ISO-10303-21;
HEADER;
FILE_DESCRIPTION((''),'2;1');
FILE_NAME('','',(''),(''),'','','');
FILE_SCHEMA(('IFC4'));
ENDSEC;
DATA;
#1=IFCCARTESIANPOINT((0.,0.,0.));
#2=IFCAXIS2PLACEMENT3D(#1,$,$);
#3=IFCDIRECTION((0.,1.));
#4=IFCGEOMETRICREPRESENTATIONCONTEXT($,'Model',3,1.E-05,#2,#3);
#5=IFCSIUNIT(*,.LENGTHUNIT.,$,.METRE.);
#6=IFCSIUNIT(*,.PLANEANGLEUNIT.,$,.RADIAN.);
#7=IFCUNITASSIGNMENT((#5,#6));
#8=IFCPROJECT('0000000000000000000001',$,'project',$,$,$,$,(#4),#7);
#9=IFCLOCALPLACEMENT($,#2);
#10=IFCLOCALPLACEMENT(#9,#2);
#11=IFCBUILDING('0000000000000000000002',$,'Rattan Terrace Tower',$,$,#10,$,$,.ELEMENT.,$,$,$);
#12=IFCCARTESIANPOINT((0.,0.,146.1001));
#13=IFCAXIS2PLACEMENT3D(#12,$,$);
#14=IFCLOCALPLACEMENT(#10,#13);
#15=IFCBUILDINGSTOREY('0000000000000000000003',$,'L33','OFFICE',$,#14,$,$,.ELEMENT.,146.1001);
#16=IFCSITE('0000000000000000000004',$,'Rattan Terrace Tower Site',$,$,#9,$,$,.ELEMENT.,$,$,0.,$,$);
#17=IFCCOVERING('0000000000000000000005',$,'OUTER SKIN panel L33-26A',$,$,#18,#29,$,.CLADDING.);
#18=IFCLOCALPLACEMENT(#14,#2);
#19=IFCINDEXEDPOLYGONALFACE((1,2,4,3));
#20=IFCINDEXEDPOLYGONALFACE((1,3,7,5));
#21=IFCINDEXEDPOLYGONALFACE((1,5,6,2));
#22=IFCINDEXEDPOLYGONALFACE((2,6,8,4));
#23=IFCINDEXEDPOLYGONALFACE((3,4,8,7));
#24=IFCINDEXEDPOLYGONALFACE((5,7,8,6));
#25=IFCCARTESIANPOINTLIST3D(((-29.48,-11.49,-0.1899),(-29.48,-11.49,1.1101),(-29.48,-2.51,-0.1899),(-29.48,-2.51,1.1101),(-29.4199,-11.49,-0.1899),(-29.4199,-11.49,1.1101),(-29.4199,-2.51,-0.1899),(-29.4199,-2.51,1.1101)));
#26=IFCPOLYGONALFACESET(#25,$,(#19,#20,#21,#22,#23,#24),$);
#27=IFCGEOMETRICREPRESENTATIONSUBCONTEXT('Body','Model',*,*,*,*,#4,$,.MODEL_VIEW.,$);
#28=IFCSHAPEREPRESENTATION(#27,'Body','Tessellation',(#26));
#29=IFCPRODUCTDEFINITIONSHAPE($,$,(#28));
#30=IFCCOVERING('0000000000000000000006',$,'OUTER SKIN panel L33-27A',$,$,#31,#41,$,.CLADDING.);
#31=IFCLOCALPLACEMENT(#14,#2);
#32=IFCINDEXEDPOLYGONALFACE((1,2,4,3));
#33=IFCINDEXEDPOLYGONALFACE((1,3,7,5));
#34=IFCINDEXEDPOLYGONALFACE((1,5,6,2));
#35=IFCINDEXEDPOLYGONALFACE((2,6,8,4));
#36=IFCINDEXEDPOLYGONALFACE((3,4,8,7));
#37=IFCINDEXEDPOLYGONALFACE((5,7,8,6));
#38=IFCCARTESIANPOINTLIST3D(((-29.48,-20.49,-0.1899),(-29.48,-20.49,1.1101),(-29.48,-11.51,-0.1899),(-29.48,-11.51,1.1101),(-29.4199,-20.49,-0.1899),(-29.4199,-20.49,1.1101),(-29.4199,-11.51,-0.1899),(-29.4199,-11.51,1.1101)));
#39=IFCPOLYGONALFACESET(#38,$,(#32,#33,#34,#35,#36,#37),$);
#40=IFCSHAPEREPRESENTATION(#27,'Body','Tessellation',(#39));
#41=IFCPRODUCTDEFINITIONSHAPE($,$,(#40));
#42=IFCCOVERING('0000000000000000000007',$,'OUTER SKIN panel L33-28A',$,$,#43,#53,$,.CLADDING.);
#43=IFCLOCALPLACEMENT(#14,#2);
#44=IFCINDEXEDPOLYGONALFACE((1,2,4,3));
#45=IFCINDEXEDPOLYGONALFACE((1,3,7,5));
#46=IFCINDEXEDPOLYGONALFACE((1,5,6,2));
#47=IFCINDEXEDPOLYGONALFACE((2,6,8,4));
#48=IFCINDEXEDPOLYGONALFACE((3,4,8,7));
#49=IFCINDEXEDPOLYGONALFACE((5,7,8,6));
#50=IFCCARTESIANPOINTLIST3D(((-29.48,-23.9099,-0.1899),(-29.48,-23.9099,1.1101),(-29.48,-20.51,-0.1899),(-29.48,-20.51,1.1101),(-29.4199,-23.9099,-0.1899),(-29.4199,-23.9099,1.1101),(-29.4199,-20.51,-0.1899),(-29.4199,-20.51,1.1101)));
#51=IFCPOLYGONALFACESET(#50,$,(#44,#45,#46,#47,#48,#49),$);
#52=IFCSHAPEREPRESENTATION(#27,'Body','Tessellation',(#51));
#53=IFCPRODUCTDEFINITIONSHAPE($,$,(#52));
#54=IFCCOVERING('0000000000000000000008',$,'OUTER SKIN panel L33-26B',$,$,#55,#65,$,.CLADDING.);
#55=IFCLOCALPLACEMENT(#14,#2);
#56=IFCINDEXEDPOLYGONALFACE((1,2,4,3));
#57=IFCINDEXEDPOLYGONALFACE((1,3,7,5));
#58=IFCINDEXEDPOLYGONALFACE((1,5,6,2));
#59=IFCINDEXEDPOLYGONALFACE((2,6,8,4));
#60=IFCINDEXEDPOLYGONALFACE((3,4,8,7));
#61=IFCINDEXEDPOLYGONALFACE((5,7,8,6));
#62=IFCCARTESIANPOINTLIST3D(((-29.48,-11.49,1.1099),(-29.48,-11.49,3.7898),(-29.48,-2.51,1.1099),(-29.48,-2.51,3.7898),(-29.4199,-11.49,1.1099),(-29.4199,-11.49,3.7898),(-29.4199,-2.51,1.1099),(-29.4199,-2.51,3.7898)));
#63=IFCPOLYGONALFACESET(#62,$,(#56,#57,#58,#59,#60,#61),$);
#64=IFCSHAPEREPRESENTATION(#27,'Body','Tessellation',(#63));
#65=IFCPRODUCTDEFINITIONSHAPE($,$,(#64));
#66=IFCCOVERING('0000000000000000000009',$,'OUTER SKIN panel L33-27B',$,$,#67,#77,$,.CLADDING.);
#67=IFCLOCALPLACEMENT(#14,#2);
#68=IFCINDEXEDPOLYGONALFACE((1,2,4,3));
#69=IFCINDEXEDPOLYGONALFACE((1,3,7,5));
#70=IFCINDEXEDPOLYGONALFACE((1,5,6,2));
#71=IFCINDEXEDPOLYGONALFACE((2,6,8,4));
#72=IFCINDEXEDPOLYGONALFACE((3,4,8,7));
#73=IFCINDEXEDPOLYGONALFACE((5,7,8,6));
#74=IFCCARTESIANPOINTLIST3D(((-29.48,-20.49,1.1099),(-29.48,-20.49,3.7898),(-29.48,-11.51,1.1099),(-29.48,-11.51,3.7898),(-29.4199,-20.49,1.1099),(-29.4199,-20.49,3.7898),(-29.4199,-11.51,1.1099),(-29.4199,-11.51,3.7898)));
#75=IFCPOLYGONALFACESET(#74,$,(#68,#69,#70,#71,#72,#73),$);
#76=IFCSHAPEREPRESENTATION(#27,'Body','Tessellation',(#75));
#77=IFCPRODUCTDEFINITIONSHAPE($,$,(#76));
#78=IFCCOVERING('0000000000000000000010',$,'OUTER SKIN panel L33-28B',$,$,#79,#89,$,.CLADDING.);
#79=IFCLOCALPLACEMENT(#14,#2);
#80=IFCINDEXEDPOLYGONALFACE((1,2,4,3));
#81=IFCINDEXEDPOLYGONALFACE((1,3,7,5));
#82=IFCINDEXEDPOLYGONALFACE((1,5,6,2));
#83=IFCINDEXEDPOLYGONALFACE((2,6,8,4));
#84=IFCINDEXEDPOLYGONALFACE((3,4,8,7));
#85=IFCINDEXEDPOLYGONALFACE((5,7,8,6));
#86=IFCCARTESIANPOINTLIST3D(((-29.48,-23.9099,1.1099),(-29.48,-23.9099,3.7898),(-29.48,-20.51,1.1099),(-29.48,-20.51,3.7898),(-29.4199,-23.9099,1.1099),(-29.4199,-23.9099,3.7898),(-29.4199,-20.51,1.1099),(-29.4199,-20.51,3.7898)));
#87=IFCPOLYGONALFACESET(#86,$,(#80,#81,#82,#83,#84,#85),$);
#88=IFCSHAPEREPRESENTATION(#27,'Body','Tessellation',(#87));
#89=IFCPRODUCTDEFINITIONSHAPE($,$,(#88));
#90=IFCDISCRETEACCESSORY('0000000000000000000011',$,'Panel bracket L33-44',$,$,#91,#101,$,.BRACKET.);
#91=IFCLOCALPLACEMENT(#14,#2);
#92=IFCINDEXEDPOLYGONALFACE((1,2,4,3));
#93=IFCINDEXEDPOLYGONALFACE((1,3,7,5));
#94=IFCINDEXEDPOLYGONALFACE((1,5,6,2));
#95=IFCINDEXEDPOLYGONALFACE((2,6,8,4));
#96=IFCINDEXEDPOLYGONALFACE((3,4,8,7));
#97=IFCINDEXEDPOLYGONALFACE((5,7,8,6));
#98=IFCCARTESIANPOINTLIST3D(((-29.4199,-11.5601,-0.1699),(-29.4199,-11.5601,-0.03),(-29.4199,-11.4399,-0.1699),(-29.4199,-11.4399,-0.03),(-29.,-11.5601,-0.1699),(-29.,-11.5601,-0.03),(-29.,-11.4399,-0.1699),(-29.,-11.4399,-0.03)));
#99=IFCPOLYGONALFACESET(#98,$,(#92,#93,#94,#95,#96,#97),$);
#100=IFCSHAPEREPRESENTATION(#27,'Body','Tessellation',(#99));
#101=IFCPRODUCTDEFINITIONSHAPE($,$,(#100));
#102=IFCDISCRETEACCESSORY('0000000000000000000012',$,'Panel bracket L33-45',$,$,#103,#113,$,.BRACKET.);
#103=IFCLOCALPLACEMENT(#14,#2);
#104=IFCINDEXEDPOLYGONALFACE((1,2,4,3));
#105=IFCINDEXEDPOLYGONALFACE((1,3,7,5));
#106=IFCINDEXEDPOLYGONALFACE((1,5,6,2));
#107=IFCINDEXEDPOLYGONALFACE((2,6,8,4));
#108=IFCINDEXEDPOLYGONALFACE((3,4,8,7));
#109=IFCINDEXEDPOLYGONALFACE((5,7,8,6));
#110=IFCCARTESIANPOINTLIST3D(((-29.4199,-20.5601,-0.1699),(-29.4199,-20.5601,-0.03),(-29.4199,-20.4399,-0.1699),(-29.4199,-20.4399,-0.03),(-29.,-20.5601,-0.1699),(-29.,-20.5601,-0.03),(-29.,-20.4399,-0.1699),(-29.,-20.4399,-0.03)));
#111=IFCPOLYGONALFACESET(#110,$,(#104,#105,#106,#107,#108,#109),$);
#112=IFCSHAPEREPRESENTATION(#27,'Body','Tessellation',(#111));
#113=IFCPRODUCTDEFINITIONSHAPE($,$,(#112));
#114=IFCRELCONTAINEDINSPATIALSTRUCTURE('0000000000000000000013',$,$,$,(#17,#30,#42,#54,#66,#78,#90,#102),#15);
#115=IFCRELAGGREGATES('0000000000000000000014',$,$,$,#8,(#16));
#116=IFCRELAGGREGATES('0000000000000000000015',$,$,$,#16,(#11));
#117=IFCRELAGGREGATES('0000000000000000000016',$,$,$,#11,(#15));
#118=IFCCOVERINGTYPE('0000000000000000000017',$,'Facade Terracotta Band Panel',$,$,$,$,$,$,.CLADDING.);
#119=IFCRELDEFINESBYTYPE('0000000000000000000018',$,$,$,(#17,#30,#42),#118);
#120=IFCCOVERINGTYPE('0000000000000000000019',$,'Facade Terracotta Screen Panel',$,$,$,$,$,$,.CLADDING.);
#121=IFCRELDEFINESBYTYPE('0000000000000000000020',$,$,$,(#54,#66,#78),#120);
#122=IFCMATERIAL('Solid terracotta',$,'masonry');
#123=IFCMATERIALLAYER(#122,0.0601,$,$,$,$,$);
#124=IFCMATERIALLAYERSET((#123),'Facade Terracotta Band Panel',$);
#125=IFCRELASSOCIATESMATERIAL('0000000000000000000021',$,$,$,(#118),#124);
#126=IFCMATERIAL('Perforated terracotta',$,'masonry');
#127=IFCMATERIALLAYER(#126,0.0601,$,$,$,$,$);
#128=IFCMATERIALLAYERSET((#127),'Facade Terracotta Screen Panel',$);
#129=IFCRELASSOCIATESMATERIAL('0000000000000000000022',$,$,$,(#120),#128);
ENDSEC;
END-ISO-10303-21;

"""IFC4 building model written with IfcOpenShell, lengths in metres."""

from ifc_helpers import new_model, si_unit, direction, frame, origin, origin_2d, place, context, subcontext, project, spatial, rectangle, extrude, material, layer, layer_set, type_object, element, save


model = new_model("IFC4")

# Units and contexts
model_context = context("Model", 3, precision=1e-05, world=origin(), true_north=direction((0.0, 1.0)))
body_context = subcontext(model_context, "Body", "Model", "MODEL_VIEW")
ifc_project = project(units=[si_unit("LENGTHUNIT", "METRE"), si_unit("PLANEANGLEUNIT", "RADIAN")], contexts=[model_context])

# Site, building, storey
site_placement = place(None, origin())
site = spatial("IfcSite", under=ifc_project, at=site_placement, Name="Rattan Terrace Tower Site", CompositionType="ELEMENT", RefElevation=0.0)
building_placement = place(site_placement, origin())
building = spatial("IfcBuilding", under=site, at=building_placement, Name="Rattan Terrace Tower", CompositionType="ELEMENT")
storey_placement = place(building_placement, frame((0.0, 0.0, 146.1001)))
storey = spatial("IfcBuildingStorey", under=building, at=storey_placement, Name="L33", Description="OFFICE", CompositionType="ELEMENT", Elevation=146.1001)

# Coverings
ifc_material_1 = material(Name="Solid terracotta", Category="masonry")
ifc_layer_1 = layer(ifc_material_1, 0.0601)
ifc_layer_set_1 = layer_set([ifc_layer_1], Name="Facade Terracotta Band Panel")
covering_type_1 = type_object("IfcCoveringType", Name="Facade Terracotta Band Panel", PredefinedType="CLADDING", material=ifc_layer_set_1)
for number, where, z_axis, x_axis, name in (
    (1, (-29.45, -7.0, -0.1899), (0.0, 0.0, 1.0), (0.0, -1.0, 0.0), "OUTER SKIN panel L33-26A"),
    (2, (-29.45, -16.0, -0.1899), (0.0, 0.0, 1.0), (0.0, -1.0, 0.0), "OUTER SKIN panel L33-27A"),
):
    element("IfcCovering", number, at=place(storey_placement, frame(where, z_axis=z_axis, x_axis=x_axis)), inside=storey, type_object=covering_type_1, Name=name, PredefinedType="CLADDING", context=body_context, shape_type="SweptSolid", body=[
        extrude(rectangle(XDim=8.98, YDim=0.0601, at=origin_2d()), origin(), (0.0, 0.0, 1.0), 1.3),
    ])
covering_1_placement = place(storey_placement, frame((-29.45, -22.21, -0.1899), z_axis=(0.0, 0.0, 1.0), x_axis=(0.0, -1.0, 0.0)))
element("IfcCovering", 3, at=covering_1_placement, inside=storey, type_object=covering_type_1, Name="OUTER SKIN panel L33-28A", PredefinedType="CLADDING", context=body_context, shape_type="SweptSolid", body=[
    extrude(rectangle(XDim=3.3999, YDim=0.0601, at=origin_2d()), origin(), (0.0, 0.0, 1.0), 1.3),
])
ifc_material_2 = material(Name="Perforated terracotta", Category="masonry")
ifc_layer_2 = layer(ifc_material_2, 0.0601)
ifc_layer_set_2 = layer_set([ifc_layer_2], Name="Facade Terracotta Screen Panel")
covering_type_2 = type_object("IfcCoveringType", Name="Facade Terracotta Screen Panel", PredefinedType="CLADDING", material=ifc_layer_set_2)
for number, where, z_axis, x_axis, name in (
    (4, (-29.45, -7.0, 1.1099), (0.0, 0.0, 1.0), (0.0, -1.0, 0.0), "OUTER SKIN panel L33-26B"),
    (5, (-29.45, -16.0, 1.1099), (0.0, 0.0, 1.0), (0.0, -1.0, 0.0), "OUTER SKIN panel L33-27B"),
):
    element("IfcCovering", number, at=place(storey_placement, frame(where, z_axis=z_axis, x_axis=x_axis)), inside=storey, type_object=covering_type_2, Name=name, PredefinedType="CLADDING", context=body_context, shape_type="SweptSolid", body=[
        extrude(rectangle(XDim=8.98, YDim=0.0601, at=origin_2d()), origin(), (0.0, 0.0, 1.0), 2.6799),
    ])
covering_2_placement = place(storey_placement, frame((-29.45, -22.21, 1.1099), z_axis=(0.0, 0.0, 1.0), x_axis=(0.0, -1.0, 0.0)))
element("IfcCovering", 6, at=covering_2_placement, inside=storey, type_object=covering_type_2, Name="OUTER SKIN panel L33-28B", PredefinedType="CLADDING", context=body_context, shape_type="SweptSolid", body=[
    extrude(rectangle(XDim=3.3999, YDim=0.0601, at=origin_2d()), origin(), (0.0, 0.0, 1.0), 2.6799),
])

# Discrete accessories
for number, where, z_axis, x_axis, name in (
    (7, (-29.21, -11.5, -0.1699), (0.0, 0.0, 1.0), (0.0, -1.0, 0.0), "Panel bracket L33-44"),
    (8, (-29.21, -20.5, -0.1699), (0.0, 0.0, 1.0), (0.0, -1.0, 0.0), "Panel bracket L33-45"),
):
    element("IfcDiscreteAccessory", number, at=place(storey_placement, frame(where, z_axis=z_axis, x_axis=x_axis)), inside=storey, Name=name, PredefinedType="BRACKET", context=body_context, shape_type="SweptSolid", body=[
        extrude(rectangle(XDim=0.1201, YDim=0.4199, at=origin_2d()), origin(), (0.0, 0.0, 1.0), 0.1399),
    ])

save(model, "model.ifc")
